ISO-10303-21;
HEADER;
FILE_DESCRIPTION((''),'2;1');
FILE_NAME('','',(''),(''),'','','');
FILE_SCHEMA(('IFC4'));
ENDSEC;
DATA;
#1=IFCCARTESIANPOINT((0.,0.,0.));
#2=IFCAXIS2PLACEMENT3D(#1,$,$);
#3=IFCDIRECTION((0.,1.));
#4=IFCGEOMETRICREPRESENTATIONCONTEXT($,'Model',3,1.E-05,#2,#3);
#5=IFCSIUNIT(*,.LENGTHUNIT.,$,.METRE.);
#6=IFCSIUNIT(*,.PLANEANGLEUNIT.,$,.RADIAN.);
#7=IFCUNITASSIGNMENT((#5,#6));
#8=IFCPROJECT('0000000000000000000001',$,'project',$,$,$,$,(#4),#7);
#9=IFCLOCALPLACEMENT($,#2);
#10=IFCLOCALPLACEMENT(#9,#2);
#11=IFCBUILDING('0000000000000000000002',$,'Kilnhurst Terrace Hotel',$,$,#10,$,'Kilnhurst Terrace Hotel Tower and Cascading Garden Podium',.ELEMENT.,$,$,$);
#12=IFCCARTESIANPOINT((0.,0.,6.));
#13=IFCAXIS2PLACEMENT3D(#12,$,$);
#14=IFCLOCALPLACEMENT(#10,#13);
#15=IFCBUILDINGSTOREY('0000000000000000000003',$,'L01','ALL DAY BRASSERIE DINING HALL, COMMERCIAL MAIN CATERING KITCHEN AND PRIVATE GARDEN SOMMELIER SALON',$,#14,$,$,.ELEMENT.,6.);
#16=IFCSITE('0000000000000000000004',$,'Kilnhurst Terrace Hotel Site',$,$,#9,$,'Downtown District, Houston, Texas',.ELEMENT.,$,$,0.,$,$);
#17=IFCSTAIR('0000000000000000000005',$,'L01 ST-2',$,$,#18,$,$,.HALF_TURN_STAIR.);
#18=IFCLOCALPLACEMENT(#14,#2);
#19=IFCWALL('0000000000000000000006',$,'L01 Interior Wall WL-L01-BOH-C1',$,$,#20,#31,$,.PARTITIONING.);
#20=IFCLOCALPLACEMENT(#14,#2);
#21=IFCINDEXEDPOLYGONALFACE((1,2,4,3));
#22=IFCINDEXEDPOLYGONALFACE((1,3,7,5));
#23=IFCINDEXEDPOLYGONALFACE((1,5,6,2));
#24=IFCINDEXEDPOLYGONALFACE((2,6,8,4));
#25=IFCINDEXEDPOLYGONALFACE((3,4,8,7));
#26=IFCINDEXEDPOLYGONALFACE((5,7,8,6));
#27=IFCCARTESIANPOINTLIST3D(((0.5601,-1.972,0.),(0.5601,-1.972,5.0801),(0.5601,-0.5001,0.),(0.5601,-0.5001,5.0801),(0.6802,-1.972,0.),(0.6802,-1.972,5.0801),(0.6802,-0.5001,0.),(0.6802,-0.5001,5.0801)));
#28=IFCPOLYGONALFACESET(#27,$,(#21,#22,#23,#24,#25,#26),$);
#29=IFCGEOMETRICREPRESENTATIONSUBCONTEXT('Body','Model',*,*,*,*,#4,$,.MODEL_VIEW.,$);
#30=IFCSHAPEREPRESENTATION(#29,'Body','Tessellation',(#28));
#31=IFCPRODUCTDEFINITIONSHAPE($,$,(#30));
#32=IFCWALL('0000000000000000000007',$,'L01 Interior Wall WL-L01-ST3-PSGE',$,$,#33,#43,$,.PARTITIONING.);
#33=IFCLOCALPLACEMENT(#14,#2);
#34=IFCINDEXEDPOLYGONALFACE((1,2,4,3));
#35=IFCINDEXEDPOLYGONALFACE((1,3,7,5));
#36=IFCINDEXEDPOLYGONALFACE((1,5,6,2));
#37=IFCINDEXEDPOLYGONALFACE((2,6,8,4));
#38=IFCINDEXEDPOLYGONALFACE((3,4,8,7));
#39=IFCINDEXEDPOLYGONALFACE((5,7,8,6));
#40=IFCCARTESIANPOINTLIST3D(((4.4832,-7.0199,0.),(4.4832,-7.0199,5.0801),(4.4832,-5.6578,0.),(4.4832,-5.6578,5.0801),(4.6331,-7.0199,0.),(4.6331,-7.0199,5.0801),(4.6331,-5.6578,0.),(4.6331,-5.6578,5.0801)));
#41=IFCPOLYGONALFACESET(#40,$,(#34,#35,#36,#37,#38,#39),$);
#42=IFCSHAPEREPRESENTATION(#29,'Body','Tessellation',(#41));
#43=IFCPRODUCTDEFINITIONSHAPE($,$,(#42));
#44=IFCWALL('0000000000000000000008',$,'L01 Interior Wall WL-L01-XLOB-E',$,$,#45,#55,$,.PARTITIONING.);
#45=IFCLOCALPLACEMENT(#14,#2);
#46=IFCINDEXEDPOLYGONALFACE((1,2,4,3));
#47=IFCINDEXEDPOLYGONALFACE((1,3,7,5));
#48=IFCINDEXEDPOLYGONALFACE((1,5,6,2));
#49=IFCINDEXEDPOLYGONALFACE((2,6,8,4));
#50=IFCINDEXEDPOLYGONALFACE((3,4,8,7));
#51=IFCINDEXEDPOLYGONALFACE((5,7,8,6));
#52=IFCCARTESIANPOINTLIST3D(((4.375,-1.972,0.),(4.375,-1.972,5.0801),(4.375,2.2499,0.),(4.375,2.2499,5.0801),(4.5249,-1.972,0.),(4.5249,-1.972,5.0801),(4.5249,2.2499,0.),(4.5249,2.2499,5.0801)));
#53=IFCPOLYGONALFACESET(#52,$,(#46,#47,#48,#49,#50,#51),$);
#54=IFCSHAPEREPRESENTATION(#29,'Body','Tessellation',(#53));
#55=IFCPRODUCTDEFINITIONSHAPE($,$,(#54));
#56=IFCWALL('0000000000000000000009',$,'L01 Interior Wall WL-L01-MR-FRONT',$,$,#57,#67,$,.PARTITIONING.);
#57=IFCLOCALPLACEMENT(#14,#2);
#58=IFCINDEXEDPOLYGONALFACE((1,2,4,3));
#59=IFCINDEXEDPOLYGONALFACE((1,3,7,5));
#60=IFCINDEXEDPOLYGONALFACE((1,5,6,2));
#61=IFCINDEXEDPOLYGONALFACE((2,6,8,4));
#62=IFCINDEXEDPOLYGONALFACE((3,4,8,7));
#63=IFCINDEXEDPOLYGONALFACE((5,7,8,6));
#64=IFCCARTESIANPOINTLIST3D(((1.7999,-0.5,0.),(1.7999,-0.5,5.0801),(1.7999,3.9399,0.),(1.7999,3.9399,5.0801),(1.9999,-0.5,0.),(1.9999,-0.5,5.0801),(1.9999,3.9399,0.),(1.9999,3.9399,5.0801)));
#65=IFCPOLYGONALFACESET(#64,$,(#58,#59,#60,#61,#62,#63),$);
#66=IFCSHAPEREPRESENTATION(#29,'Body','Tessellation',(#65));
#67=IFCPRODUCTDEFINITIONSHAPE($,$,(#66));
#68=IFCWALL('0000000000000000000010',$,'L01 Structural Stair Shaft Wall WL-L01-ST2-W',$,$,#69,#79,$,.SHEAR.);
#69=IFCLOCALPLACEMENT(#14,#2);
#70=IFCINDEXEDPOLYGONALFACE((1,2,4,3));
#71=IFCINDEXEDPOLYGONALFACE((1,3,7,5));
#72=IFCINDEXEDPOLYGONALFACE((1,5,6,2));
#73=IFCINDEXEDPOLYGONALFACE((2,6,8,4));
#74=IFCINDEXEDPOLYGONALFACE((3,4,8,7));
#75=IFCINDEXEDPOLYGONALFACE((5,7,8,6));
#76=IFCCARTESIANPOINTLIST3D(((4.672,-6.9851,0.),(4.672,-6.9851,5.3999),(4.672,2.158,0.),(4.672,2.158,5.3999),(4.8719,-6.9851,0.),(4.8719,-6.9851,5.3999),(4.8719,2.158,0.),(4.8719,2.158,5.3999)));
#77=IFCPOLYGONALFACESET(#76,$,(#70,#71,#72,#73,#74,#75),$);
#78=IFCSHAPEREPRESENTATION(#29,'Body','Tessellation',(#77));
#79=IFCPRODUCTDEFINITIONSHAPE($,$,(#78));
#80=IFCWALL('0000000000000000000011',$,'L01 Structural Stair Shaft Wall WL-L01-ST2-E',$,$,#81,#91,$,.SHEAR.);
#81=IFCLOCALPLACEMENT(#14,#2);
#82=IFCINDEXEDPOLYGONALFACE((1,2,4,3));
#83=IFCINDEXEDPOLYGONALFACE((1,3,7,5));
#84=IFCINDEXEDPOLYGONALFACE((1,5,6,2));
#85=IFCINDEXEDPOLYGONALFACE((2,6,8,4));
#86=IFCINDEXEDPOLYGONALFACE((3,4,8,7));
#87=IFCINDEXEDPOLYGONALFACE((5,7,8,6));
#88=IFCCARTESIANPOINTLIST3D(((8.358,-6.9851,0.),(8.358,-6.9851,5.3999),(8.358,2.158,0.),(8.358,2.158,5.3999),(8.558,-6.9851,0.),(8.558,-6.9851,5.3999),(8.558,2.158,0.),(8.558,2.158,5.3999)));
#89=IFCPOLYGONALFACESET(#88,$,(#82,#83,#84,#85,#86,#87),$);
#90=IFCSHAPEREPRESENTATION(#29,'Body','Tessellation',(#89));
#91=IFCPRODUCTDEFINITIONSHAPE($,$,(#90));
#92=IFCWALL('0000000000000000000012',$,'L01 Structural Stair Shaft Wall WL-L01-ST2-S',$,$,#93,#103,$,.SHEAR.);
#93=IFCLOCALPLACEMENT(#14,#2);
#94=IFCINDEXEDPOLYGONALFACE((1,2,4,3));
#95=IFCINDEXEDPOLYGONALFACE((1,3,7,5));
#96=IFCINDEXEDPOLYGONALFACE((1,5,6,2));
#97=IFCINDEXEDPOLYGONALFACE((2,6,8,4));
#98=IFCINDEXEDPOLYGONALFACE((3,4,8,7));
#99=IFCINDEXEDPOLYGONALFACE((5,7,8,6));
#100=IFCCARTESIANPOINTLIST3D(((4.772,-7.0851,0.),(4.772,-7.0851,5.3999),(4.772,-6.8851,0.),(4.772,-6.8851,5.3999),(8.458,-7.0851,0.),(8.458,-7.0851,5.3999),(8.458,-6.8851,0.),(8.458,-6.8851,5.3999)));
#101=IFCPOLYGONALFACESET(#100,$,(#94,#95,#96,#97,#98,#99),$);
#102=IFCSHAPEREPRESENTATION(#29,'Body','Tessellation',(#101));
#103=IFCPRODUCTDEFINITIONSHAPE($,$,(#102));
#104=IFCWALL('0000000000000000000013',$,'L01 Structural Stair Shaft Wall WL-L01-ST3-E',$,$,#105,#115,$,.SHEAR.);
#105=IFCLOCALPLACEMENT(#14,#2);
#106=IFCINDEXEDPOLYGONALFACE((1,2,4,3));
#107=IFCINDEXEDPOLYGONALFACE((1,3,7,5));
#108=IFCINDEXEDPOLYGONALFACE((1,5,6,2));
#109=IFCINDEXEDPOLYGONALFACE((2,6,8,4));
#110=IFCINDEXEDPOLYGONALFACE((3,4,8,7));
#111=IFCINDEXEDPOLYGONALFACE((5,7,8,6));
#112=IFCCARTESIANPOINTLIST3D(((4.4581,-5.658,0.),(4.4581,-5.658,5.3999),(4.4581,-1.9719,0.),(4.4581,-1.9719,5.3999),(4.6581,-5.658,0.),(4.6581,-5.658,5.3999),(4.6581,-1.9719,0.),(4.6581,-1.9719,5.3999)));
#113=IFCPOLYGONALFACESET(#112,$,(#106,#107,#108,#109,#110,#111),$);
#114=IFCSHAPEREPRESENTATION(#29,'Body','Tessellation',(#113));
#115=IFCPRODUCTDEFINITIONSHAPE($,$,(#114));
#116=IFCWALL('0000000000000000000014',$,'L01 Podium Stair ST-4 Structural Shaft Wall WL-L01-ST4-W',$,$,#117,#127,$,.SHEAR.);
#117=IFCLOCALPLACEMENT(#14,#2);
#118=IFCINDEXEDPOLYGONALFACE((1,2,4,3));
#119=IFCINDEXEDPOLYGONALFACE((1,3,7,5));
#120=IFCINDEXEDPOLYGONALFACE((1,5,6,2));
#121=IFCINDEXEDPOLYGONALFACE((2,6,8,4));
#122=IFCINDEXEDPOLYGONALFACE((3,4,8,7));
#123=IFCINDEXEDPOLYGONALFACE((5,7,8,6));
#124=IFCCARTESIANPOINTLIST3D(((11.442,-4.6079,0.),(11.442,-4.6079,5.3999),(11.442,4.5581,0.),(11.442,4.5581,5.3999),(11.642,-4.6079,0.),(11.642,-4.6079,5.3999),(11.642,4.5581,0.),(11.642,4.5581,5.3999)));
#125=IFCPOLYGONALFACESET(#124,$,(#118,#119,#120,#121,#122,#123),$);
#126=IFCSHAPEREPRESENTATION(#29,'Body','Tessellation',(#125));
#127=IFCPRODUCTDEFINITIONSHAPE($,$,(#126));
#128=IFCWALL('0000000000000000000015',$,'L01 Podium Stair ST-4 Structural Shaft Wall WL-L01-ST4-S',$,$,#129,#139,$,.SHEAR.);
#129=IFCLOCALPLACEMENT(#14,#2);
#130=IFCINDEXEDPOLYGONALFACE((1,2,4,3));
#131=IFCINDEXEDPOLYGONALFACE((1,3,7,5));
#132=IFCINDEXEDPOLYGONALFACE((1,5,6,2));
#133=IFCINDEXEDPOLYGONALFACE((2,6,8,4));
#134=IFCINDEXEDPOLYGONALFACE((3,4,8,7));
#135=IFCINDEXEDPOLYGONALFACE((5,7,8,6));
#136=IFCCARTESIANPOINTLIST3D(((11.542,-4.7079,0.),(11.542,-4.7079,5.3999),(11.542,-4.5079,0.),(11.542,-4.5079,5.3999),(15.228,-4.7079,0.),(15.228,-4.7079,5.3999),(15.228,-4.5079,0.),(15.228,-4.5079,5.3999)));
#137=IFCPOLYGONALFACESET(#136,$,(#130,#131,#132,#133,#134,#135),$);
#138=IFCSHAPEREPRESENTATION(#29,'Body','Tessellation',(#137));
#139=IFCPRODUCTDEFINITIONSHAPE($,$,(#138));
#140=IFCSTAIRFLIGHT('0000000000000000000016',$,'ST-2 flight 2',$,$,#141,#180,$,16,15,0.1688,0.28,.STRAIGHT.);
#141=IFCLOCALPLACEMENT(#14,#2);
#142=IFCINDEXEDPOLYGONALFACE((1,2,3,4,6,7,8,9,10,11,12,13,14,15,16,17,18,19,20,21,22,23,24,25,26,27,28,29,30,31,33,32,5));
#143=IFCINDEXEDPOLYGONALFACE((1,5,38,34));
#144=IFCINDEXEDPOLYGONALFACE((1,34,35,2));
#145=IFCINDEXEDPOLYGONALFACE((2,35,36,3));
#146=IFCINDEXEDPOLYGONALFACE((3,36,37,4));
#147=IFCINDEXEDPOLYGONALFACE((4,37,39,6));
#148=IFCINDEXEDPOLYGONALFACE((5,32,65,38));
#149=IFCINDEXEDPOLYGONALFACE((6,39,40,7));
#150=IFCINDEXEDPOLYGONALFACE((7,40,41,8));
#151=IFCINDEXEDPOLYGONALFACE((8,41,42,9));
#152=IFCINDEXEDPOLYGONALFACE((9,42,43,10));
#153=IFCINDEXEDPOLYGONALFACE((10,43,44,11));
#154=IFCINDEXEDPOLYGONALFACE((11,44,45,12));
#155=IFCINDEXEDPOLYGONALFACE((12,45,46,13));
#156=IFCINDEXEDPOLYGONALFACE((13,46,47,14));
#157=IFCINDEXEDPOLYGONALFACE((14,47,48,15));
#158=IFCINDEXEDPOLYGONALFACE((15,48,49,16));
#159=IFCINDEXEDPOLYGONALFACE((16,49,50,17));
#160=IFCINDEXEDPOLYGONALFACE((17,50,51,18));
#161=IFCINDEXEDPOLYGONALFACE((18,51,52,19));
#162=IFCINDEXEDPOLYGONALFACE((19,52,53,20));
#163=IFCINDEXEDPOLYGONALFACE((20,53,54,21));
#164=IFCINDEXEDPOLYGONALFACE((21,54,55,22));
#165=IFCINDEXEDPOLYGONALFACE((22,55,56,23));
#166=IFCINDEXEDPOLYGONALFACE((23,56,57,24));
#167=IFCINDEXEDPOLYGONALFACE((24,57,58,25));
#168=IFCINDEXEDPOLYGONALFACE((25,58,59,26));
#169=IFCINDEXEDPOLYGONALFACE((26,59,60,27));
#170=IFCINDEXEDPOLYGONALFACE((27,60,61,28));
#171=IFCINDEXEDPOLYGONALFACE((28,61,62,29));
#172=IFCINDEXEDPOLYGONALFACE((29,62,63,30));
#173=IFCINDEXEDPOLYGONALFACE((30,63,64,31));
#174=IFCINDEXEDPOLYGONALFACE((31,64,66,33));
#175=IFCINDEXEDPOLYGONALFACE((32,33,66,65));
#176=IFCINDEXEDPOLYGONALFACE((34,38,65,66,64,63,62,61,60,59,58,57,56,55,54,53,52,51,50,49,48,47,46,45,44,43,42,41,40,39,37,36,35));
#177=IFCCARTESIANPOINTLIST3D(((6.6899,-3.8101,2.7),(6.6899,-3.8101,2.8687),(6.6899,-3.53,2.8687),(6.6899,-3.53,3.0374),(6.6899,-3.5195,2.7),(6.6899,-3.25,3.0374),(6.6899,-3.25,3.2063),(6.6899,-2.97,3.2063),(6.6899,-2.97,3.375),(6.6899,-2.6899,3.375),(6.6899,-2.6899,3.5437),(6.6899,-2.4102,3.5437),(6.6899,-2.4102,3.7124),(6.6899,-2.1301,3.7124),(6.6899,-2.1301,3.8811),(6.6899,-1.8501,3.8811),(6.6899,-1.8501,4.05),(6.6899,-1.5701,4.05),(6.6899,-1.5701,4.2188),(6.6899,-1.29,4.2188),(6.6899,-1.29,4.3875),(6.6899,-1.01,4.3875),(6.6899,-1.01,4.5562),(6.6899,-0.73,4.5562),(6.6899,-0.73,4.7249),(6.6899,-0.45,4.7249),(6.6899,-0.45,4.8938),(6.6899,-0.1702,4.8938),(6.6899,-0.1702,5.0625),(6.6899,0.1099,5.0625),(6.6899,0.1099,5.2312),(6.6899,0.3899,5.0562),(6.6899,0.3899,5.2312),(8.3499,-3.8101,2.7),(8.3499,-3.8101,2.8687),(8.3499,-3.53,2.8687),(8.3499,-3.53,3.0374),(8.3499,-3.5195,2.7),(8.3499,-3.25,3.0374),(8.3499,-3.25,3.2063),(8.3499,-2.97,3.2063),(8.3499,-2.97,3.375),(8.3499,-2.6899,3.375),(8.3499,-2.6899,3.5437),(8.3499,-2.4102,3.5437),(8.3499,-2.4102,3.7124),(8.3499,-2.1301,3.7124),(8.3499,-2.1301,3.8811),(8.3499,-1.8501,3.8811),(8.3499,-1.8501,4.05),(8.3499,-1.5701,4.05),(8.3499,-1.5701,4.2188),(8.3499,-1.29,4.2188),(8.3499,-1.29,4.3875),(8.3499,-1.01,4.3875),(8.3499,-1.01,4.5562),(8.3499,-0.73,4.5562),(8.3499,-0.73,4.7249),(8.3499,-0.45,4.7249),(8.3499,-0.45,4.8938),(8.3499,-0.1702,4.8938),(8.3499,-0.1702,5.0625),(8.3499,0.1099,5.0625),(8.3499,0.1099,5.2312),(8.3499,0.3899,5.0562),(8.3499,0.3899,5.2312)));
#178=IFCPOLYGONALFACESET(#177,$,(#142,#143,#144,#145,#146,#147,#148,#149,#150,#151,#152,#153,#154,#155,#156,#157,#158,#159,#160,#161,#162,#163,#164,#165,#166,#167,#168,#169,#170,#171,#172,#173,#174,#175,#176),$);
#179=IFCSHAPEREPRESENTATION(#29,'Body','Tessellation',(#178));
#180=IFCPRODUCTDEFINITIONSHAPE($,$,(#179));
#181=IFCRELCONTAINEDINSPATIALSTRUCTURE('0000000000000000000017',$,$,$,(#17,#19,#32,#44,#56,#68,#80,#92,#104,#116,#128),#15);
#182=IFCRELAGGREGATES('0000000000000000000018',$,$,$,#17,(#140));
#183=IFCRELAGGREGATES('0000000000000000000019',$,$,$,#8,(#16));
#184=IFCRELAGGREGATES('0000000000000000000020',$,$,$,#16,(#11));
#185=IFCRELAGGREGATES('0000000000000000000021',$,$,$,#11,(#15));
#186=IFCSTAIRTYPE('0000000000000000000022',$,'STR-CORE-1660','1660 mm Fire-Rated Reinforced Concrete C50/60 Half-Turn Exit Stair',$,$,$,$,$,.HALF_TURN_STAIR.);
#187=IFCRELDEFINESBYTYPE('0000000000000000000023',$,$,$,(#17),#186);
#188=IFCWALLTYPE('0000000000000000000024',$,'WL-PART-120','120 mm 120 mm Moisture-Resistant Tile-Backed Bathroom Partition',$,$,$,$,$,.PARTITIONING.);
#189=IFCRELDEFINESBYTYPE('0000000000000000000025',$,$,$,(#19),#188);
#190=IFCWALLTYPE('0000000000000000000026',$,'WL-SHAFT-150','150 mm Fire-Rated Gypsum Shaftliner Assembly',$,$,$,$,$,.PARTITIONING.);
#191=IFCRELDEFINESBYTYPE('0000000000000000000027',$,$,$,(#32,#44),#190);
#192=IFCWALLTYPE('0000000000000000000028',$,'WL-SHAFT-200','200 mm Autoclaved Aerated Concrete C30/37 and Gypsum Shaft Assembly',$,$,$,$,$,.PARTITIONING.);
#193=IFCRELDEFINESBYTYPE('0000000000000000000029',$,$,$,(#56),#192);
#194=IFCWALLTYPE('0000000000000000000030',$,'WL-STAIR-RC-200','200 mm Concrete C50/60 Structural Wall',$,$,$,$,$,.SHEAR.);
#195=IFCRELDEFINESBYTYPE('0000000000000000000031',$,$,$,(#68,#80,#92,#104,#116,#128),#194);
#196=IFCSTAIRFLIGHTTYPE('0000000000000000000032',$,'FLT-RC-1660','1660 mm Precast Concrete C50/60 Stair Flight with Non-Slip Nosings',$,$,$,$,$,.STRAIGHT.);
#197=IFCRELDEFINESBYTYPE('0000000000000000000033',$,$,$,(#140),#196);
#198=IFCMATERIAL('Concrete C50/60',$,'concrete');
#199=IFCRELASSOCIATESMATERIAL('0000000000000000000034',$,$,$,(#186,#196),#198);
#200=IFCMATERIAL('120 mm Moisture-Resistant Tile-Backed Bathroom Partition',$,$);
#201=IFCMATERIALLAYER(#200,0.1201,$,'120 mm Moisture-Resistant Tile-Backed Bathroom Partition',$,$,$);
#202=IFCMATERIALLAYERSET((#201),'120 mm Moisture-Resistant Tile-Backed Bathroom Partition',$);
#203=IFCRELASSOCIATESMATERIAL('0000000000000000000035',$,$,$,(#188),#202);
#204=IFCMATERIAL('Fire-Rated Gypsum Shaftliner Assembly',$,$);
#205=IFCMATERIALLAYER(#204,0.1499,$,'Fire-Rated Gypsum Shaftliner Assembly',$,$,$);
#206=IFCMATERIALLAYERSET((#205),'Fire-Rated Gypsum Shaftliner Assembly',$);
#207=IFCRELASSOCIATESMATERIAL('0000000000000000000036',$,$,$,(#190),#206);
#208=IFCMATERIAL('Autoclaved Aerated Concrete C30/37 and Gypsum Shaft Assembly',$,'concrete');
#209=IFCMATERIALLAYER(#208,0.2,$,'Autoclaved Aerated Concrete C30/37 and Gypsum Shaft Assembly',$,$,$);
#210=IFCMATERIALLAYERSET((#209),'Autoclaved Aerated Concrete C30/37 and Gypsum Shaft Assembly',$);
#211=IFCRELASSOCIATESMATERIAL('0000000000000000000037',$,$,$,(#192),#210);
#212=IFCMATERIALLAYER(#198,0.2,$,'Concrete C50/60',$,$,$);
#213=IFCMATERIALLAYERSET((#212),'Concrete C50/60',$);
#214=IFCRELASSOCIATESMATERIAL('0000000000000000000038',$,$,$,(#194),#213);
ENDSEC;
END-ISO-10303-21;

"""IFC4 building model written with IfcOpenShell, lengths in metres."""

from ifc_helpers import new_model, si_unit, direction, frame, frame_2d, origin, place, context, subcontext, project, spatial, polyline, rectangle, outline, extrude, material, layer, layer_set, type_object, element, aggregate, save


model = new_model("IFC4")

# Units and contexts
model_context = context("Model", 3, precision=1e-05, world=origin(), true_north=direction((0.0, 1.0)))
body_context = subcontext(model_context, "Body", "Model", "MODEL_VIEW")
ifc_project = project(units=[si_unit("LENGTHUNIT", "METRE"), si_unit("PLANEANGLEUNIT", "RADIAN")], contexts=[model_context])

# Site, building, storey
site_placement = place(None, origin())
site = spatial("IfcSite", under=ifc_project, at=site_placement, Name="Kilnhurst Terrace Hotel Site", LongName="Downtown District, Houston, Texas", CompositionType="ELEMENT", RefElevation=0.0)
building_placement = place(site_placement, origin())
building = spatial("IfcBuilding", under=site, at=building_placement, Name="Kilnhurst Terrace Hotel", LongName="Kilnhurst Terrace Hotel Tower and Cascading Garden Podium", CompositionType="ELEMENT")
storey_placement = place(building_placement, frame((0.0, 0.0, 6.0)))
storey = spatial("IfcBuildingStorey", under=building, at=storey_placement, Name="L01", Description="ALL DAY BRASSERIE DINING HALL, COMMERCIAL MAIN CATERING KITCHEN AND PRIVATE GARDEN SOMMELIER SALON", CompositionType="ELEMENT", Elevation=6.0)

# Shared definitions
ifc_material_1 = material(Name="Concrete C50/60", Category="concrete")

# Stair
stair_type_1 = type_object("IfcStairType", Name="STR-CORE-1660", Description="1660 mm Fire-Rated Reinforced Concrete C50/60 Half-Turn Exit Stair", PredefinedType="HALF_TURN_STAIR", material=ifc_material_1)
stair_1_placement = place(storey_placement, origin())
stair_1 = element("IfcStair", 1, at=stair_1_placement, inside=storey, type_object=stair_type_1, Name="L01 ST-2", PredefinedType="HALF_TURN_STAIR")

# Walls
ifc_material_2 = material(Name="120 mm Moisture-Resistant Tile-Backed Bathroom Partition")
ifc_layer_1 = layer(ifc_material_2, 0.1201, Name="120 mm Moisture-Resistant Tile-Backed Bathroom Partition")
ifc_layer_set_1 = layer_set([ifc_layer_1], Name="120 mm Moisture-Resistant Tile-Backed Bathroom Partition")
wall_type_1 = type_object("IfcWallType", Name="WL-PART-120", Description="120 mm 120 mm Moisture-Resistant Tile-Backed Bathroom Partition", PredefinedType="PARTITIONING", material=ifc_layer_set_1)
wall_1_placement = place(storey_placement, frame((0.6201, -1.9719, 0.0), z_axis=(0.0, 0.0, 1.0), x_axis=(0.0, 1.0, 0.0)))
element("IfcWall", 2, at=wall_1_placement, inside=storey, type_object=wall_type_1, Name="L01 Interior Wall WL-L01-BOH-C1", PredefinedType="PARTITIONING", context=body_context, shape_type="SweptSolid", body=[
    extrude(rectangle(XDim=1.4719, YDim=0.1201, at=frame_2d((0.7358, 0.0))), origin(), (0.0, 0.0, 1.0), 5.0801),
])
ifc_material_3 = material(Name="Fire-Rated Gypsum Shaftliner Assembly")
ifc_layer_2 = layer(ifc_material_3, 0.1499, Name="Fire-Rated Gypsum Shaftliner Assembly")
ifc_layer_set_2 = layer_set([ifc_layer_2], Name="Fire-Rated Gypsum Shaftliner Assembly")
wall_type_2 = type_object("IfcWallType", Name="WL-SHAFT-150", Description="150 mm Fire-Rated Gypsum Shaftliner Assembly", PredefinedType="PARTITIONING", material=ifc_layer_set_2)
wall_2_placement = place(storey_placement, frame((4.5581, -7.02, 0.0), z_axis=(0.0, 0.0, 1.0), x_axis=(0.0, 1.0, 0.0)))
element("IfcWall", 3, at=wall_2_placement, inside=storey, type_object=wall_type_2, Name="L01 Interior Wall WL-L01-ST3-PSGE", PredefinedType="PARTITIONING", context=body_context, shape_type="SweptSolid", body=[
    extrude(rectangle(XDim=1.3621, YDim=0.1499, at=frame_2d((0.6812, 0.0))), origin(), (0.0, 0.0, 1.0), 5.0801),
])
wall_3_placement = place(storey_placement, frame((4.45, -1.9719, 0.0), z_axis=(0.0, 0.0, 1.0), x_axis=(0.0, 1.0, 0.0)))
element("IfcWall", 4, at=wall_3_placement, inside=storey, type_object=wall_type_2, Name="L01 Interior Wall WL-L01-XLOB-E", PredefinedType="PARTITIONING", context=body_context, shape_type="SweptSolid", body=[
    extrude(rectangle(XDim=4.2219, YDim=0.1499, at=frame_2d((2.1108, 0.0))), origin(), (0.0, 0.0, 1.0), 5.0801),
])
ifc_material_4 = material(Name="Autoclaved Aerated Concrete C30/37 and Gypsum Shaft Assembly", Category="concrete")
ifc_layer_3 = layer(ifc_material_4, 0.2, Name="Autoclaved Aerated Concrete C30/37 and Gypsum Shaft Assembly")
ifc_layer_set_3 = layer_set([ifc_layer_3], Name="Autoclaved Aerated Concrete C30/37 and Gypsum Shaft Assembly")
wall_type_3 = type_object("IfcWallType", Name="WL-SHAFT-200", Description="200 mm Autoclaved Aerated Concrete C30/37 and Gypsum Shaft Assembly", PredefinedType="PARTITIONING", material=ifc_layer_set_3)
wall_4_placement = place(storey_placement, frame((1.8999, -0.5, 0.0), z_axis=(0.0, 0.0, 1.0), x_axis=(0.0, 1.0, 0.0)))
element("IfcWall", 5, at=wall_4_placement, inside=storey, type_object=wall_type_3, Name="L01 Interior Wall WL-L01-MR-FRONT", PredefinedType="PARTITIONING", context=body_context, shape_type="SweptSolid", body=[
    extrude(rectangle(XDim=4.4399, YDim=0.2, at=frame_2d((2.22, 0.0))), origin(), (0.0, 0.0, 1.0), 5.0801),
])
ifc_layer_4 = layer(ifc_material_1, 0.2, Name="Concrete C50/60")
ifc_layer_set_4 = layer_set([ifc_layer_4], Name="Concrete C50/60")
wall_type_4 = type_object("IfcWallType", Name="WL-STAIR-RC-200", Description="200 mm Concrete C50/60 Structural Wall", PredefinedType="SHEAR", material=ifc_layer_set_4)
for number, where, z_axis, x_axis, name in (
    (6, (4.772, -6.9851, 0.0), (0.0, 0.0, 1.0), (0.0, 1.0, 0.0), "L01 Structural Stair Shaft Wall WL-L01-ST2-W"),
    (7, (8.458, -6.9851, 0.0), (0.0, 0.0, 1.0), (0.0, 1.0, 0.0), "L01 Structural Stair Shaft Wall WL-L01-ST2-E"),
):
    element("IfcWall", number, at=place(storey_placement, frame(where, z_axis=z_axis, x_axis=x_axis)), inside=storey, type_object=wall_type_4, Name=name, PredefinedType="SHEAR", context=body_context, shape_type="SweptSolid", body=[
        extrude(rectangle(XDim=9.1431, YDim=0.2, at=frame_2d((4.5715, 0.0))), origin(), (0.0, 0.0, 1.0), 5.3999),
    ])
for number, where, z_axis, x_axis, name in (
    (8, (4.772, -6.9851, 0.0), (0.0, 0.0, 1.0), (1.0, 0.0, 0.0), "L01 Structural Stair Shaft Wall WL-L01-ST2-S"),
    (9, (4.5581, -5.658, 0.0), (0.0, 0.0, 1.0), (0.0, 1.0, 0.0), "L01 Structural Stair Shaft Wall WL-L01-ST3-E"),
):
    element("IfcWall", number, at=place(storey_placement, frame(where, z_axis=z_axis, x_axis=x_axis)), inside=storey, type_object=wall_type_4, Name=name, PredefinedType="SHEAR", context=body_context, shape_type="SweptSolid", body=[
        extrude(rectangle(XDim=3.686, YDim=0.2, at=frame_2d((1.843, 0.0))), origin(), (0.0, 0.0, 1.0), 5.3999),
    ])
wall_5_placement = place(storey_placement, frame((11.542, -4.6079, 0.0), z_axis=(0.0, 0.0, 1.0), x_axis=(0.0, 1.0, 0.0)))
element("IfcWall", 10, at=wall_5_placement, inside=storey, type_object=wall_type_4, Name="L01 Podium Stair ST-4 Structural Shaft Wall WL-L01-ST4-W", PredefinedType="SHEAR", context=body_context, shape_type="SweptSolid", body=[
    extrude(rectangle(XDim=9.166, YDim=0.2, at=frame_2d((4.583, 0.0))), origin(), (0.0, 0.0, 1.0), 5.3999),
])
wall_6_placement = place(storey_placement, frame((11.542, -4.6079, 0.0), z_axis=(0.0, 0.0, 1.0), x_axis=(1.0, 0.0, 0.0)))
element("IfcWall", 11, at=wall_6_placement, inside=storey, type_object=wall_type_4, Name="L01 Podium Stair ST-4 Structural Shaft Wall WL-L01-ST4-S", PredefinedType="SHEAR", context=body_context, shape_type="SweptSolid", body=[
    extrude(rectangle(XDim=3.686, YDim=0.2, at=frame_2d((1.843, 0.0))), origin(), (0.0, 0.0, 1.0), 5.3999),
])

# Stair flight
stair_flight_type = type_object("IfcStairFlightType", Name="FLT-RC-1660", Description="1660 mm Precast Concrete C50/60 Stair Flight with Non-Slip Nosings", PredefinedType="STRAIGHT", material=ifc_material_1)
stair_flight_1_placement = place(storey_placement, frame((7.52, -3.8101, 2.7), z_axis=(0.0, 0.0, 1.0), x_axis=(0.0, 1.0, 0.0)))
stair_flight_1 = element("IfcStairFlight", 12, at=stair_flight_1_placement, type_object=stair_flight_type, Name="ST-2 flight 2", NumberOfRisers=16, NumberOfTreads=15, PredefinedType="STRAIGHT", RiserHeight=0.1688, TreadLength=0.28, context=body_context, shape_type="SweptSolid", body=[
    extrude(outline(polyline([(0.0, 0.0), (0.0, 0.1687), (0.28, 0.1687), (0.28, 0.3374), (0.5601, 0.3374), (0.5601, 0.5063), (0.8401, 0.5063), (0.8401, 0.675), (1.1201, 0.675), (1.1201, 0.8438), (1.3999, 0.8438), (1.3999, 1.0125), (1.6799, 1.0125), (1.6799, 1.1812), (1.96, 1.1812), (1.96, 1.3501), (2.24, 1.3501), (2.24, 1.5188), (2.52, 1.5188), (2.52, 1.6875), (2.8, 1.6875), (2.8, 1.8562), (3.0801, 1.8562), (3.0801, 2.0249), (3.3601, 2.0249), (3.3601, 2.1938), (3.6399, 2.1938), (3.6399, 2.3625), (3.9199, 2.3625), (3.9199, 2.5312), (4.2, 2.5312), (4.2, 2.7), (4.2, 2.3562), (0.2905, 0.0), (0.0, 0.0)])), frame((0.0, 0.8301, 0.0), z_axis=(0.0, -1.0, 0.0), x_axis=(1.0, 0.0, 0.0)), (0.0, 0.0, 1.0), 1.6599),
])
aggregate(stair_1, [stair_flight_1])

save(model, "model.ifc")
